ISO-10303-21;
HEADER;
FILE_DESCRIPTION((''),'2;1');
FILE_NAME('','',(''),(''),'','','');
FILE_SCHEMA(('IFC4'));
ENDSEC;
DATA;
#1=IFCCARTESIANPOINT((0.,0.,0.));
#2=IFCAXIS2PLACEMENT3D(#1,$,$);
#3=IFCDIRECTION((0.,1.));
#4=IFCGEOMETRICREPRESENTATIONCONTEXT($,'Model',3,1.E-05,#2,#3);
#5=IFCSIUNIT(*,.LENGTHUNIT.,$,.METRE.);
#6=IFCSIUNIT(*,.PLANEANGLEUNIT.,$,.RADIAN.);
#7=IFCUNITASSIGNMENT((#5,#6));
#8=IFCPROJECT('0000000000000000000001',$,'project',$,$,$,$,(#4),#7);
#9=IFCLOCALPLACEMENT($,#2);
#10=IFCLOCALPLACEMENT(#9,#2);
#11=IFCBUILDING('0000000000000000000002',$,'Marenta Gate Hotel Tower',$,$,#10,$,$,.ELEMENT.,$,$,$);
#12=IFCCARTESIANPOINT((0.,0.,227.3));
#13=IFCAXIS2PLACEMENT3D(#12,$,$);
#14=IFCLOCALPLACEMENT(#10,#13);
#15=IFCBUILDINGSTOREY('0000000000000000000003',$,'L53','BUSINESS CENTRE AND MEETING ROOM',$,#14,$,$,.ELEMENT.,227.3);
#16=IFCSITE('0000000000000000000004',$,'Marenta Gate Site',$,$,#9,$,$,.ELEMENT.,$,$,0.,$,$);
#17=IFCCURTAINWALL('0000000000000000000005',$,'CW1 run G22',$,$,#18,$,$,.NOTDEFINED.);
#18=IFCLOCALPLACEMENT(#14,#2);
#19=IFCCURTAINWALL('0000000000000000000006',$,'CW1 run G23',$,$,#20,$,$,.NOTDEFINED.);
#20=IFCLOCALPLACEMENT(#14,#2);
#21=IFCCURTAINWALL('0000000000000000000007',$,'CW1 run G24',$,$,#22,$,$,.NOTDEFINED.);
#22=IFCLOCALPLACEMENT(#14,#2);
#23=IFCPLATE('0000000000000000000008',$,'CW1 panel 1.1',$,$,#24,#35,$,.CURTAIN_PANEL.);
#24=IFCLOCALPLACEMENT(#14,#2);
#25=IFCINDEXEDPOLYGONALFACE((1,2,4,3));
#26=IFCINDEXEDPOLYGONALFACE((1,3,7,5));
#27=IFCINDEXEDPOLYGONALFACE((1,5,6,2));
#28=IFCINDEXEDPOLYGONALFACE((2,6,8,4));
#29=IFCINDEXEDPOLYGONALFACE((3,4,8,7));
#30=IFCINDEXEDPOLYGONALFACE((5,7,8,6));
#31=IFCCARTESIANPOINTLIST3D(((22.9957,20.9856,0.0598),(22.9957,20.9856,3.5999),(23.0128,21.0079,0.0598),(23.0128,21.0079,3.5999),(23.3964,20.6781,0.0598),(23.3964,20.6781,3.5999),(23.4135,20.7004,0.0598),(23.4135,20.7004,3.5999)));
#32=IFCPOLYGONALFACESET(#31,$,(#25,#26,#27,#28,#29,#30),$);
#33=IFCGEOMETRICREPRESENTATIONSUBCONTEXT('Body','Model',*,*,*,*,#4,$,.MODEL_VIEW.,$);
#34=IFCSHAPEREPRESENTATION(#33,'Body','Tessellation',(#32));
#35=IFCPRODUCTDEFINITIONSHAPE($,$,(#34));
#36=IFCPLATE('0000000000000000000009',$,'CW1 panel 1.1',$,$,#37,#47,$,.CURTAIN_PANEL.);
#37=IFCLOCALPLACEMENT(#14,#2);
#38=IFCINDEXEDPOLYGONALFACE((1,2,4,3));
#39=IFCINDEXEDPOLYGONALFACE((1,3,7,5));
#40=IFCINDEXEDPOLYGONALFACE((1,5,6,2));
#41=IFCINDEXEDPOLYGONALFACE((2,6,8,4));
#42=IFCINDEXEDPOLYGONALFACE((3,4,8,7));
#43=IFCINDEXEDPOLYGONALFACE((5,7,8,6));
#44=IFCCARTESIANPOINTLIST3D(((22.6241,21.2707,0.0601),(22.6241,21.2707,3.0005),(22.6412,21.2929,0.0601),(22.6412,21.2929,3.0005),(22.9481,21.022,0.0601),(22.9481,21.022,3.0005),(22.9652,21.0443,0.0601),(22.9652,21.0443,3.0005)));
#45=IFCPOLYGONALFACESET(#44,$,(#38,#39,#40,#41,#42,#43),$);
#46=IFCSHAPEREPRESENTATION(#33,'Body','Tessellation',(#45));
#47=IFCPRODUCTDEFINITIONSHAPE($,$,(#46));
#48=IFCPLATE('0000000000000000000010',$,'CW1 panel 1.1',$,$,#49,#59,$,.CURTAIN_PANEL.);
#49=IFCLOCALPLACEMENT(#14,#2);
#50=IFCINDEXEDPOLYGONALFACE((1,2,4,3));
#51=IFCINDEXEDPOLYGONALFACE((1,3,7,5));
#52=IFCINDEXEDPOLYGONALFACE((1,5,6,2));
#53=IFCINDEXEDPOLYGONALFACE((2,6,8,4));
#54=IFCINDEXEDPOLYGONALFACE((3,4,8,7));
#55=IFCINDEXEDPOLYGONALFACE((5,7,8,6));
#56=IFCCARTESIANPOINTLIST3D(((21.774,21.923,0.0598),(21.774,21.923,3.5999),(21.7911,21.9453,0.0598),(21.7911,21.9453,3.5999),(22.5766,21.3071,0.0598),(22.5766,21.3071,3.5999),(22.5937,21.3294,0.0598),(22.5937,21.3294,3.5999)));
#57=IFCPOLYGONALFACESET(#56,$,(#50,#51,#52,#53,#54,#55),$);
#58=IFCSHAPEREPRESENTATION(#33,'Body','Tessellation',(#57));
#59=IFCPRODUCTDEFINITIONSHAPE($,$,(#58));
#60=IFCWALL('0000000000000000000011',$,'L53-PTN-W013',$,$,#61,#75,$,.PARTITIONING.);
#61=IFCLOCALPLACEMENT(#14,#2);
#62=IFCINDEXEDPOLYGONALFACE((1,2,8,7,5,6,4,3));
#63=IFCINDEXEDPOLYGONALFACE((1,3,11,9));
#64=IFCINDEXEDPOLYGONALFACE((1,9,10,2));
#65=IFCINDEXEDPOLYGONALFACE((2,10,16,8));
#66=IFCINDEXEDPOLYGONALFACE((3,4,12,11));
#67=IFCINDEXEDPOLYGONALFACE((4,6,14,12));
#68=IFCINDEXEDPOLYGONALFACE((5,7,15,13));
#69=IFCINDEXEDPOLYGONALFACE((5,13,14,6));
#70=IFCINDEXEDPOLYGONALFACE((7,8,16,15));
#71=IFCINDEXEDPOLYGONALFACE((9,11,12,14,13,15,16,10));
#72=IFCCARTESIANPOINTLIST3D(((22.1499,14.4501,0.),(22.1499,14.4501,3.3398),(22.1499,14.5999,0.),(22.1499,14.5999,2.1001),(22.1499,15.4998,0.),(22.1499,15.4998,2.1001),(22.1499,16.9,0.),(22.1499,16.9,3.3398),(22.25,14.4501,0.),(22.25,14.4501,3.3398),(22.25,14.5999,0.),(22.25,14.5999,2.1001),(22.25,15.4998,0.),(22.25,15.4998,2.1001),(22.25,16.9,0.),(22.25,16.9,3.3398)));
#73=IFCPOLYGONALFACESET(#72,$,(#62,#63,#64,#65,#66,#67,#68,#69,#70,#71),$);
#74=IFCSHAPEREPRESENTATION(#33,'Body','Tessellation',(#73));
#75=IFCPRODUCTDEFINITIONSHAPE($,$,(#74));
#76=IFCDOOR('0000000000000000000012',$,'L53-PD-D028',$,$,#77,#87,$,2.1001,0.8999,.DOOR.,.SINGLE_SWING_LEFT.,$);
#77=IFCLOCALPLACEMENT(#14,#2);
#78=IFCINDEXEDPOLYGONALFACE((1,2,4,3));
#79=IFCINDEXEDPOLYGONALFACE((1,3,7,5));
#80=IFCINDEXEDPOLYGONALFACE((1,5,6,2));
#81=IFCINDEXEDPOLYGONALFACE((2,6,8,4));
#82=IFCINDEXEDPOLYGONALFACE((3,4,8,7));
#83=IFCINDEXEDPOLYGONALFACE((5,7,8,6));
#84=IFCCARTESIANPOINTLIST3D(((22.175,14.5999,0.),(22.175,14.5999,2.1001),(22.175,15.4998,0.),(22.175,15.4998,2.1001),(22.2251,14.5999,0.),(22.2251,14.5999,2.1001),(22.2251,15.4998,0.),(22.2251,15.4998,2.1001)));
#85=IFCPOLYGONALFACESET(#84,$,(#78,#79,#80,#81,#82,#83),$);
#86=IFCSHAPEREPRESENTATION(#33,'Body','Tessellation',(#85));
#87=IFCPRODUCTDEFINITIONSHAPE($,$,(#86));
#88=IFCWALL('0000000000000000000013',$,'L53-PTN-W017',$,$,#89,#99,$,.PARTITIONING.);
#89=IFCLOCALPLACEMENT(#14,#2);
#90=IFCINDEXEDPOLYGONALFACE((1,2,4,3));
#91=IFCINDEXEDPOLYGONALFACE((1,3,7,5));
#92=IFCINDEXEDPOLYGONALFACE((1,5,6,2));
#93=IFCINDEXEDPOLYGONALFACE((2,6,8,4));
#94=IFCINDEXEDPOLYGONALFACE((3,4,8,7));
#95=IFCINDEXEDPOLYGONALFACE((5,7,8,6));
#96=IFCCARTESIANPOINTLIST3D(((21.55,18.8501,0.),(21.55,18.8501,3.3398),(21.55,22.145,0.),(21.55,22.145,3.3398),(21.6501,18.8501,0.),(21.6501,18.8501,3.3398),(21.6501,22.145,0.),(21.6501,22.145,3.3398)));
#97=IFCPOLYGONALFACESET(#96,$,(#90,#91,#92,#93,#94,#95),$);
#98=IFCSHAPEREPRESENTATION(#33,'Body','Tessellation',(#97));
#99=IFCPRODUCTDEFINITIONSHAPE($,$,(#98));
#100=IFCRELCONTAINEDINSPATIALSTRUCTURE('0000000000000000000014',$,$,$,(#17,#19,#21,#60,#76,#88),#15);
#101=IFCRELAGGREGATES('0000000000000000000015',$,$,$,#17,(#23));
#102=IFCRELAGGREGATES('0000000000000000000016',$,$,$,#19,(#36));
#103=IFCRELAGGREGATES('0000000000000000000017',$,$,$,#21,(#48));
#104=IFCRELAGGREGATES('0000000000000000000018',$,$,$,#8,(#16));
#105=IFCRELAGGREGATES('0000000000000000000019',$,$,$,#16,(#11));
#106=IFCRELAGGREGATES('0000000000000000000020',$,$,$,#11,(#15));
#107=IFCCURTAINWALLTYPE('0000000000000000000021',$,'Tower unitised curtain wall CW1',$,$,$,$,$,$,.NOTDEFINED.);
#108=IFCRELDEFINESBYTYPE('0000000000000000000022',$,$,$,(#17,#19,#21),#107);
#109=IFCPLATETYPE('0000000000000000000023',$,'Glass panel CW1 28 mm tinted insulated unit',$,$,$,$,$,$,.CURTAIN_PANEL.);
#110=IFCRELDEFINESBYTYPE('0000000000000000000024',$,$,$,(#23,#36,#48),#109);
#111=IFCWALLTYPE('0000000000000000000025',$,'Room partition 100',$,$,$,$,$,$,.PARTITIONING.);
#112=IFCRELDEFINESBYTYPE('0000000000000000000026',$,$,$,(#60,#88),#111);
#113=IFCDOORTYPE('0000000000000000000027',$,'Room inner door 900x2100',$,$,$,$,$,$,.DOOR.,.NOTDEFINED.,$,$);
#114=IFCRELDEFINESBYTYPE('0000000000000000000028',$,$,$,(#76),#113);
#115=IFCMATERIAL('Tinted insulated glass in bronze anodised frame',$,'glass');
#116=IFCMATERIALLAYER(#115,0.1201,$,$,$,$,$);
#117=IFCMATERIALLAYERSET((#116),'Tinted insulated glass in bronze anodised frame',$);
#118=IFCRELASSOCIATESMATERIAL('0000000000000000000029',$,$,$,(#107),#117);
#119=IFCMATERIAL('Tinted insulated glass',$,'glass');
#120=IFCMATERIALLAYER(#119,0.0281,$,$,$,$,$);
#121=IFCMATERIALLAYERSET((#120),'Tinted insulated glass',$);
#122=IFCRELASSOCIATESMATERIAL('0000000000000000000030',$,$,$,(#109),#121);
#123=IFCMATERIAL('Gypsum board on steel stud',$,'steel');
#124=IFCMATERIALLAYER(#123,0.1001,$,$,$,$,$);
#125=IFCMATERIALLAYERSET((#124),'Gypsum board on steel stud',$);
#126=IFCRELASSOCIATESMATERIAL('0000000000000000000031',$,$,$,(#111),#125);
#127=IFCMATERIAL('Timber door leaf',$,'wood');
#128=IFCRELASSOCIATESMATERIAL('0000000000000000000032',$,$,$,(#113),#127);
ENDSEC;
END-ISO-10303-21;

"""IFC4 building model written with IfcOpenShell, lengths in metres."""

from ifc_helpers import new_model, si_unit, direction, frame, frame_2d, origin, origin_2d, place, context, subcontext, project, spatial, rectangle, extrude, material, layer, layer_set, type_object, element, fill, aggregate, save


model = new_model("IFC4")

# Units and contexts
model_context = context("Model", 3, precision=1e-05, world=origin(), true_north=direction((0.0, 1.0)))
body_context = subcontext(model_context, "Body", "Model", "MODEL_VIEW")
ifc_project = project(units=[si_unit("LENGTHUNIT", "METRE"), si_unit("PLANEANGLEUNIT", "RADIAN")], contexts=[model_context])

# Site, building, storey
site_placement = place(None, origin())
site = spatial("IfcSite", under=ifc_project, at=site_placement, Name="Marenta Gate Site", CompositionType="ELEMENT", RefElevation=0.0)
building_placement = place(site_placement, origin())
building = spatial("IfcBuilding", under=site, at=building_placement, Name="Marenta Gate Hotel Tower", CompositionType="ELEMENT")
storey_placement = place(building_placement, frame((0.0, 0.0, 227.3)))
storey = spatial("IfcBuildingStorey", under=building, at=storey_placement, Name="L53", Description="BUSINESS CENTRE AND MEETING ROOM", CompositionType="ELEMENT", Elevation=227.3)

# Curtain walls
ifc_material_1 = material(Name="Tinted insulated glass in bronze anodised frame", Category="glass")
ifc_layer_1 = layer(ifc_material_1, 0.1201)
ifc_layer_set_1 = layer_set([ifc_layer_1], Name="Tinted insulated glass in bronze anodised frame")
curtain_wall_type = type_object("IfcCurtainWallType", Name="Tower unitised curtain wall CW1", PredefinedType="NOTDEFINED", material=ifc_layer_set_1)
curtain_wall_1_placement = place(storey_placement, origin())
curtain_wall_1 = element("IfcCurtainWall", 1, at=curtain_wall_1_placement, inside=storey, type_object=curtain_wall_type, Name="CW1 run G22", PredefinedType="NOTDEFINED")
curtain_wall_2_placement = place(storey_placement, origin())
curtain_wall_2 = element("IfcCurtainWall", 2, at=curtain_wall_2_placement, inside=storey, type_object=curtain_wall_type, Name="CW1 run G23", PredefinedType="NOTDEFINED")
curtain_wall_3_placement = place(storey_placement, origin())
curtain_wall_3 = element("IfcCurtainWall", 3, at=curtain_wall_3_placement, inside=storey, type_object=curtain_wall_type, Name="CW1 run G24", PredefinedType="NOTDEFINED")

# Plates
ifc_material_2 = material(Name="Tinted insulated glass", Category="glass")
ifc_layer_2 = layer(ifc_material_2, 0.0281)
ifc_layer_set_2 = layer_set([ifc_layer_2], Name="Tinted insulated glass")
plate_type = type_object("IfcPlateType", Name="Glass panel CW1 28 mm tinted insulated unit", PredefinedType="CURTAIN_PANEL", material=ifc_layer_set_2)
plate_1_placement = place(storey_placement, frame((23.2046, 20.843, 0.0598), z_axis=(0.0, 0.0, 1.0), x_axis=(-0.793347, 0.60877, 0.0)))
plate_1 = element("IfcPlate", 4, at=plate_1_placement, type_object=plate_type, Name="CW1 panel 1.1", PredefinedType="CURTAIN_PANEL", context=body_context, shape_type="SweptSolid", body=[
    extrude(rectangle(XDim=0.5051, YDim=0.0281, at=origin_2d()), origin(), (0.0, 0.0, 1.0), 3.54),
])
aggregate(curtain_wall_1, [plate_1])
plate_2_placement = place(storey_placement, frame((22.7947, 21.1575, 0.0601), z_axis=(0.0, 0.0, 1.0), x_axis=(-0.79329, 0.608844, 0.0)))
plate_2 = element("IfcPlate", 5, at=plate_2_placement, type_object=plate_type, Name="CW1 panel 1.1", PredefinedType="CURTAIN_PANEL", context=body_context, shape_type="SweptSolid", body=[
    extrude(rectangle(XDim=0.4084, YDim=0.0281, at=origin_2d()), origin(), (0.0, 0.0, 1.0), 2.9404),
])
aggregate(curtain_wall_2, [plate_2])
plate_3_placement = place(storey_placement, frame((22.1838, 21.6262, 0.0598), z_axis=(0.0, 0.0, 1.0), x_axis=(-0.793345, 0.608772, 0.0)))
plate_3 = element("IfcPlate", 6, at=plate_3_placement, type_object=plate_type, Name="CW1 panel 1.1", PredefinedType="CURTAIN_PANEL", context=body_context, shape_type="SweptSolid", body=[
    extrude(rectangle(XDim=1.0117, YDim=0.0281, at=origin_2d()), origin(), (0.0, 0.0, 1.0), 3.54),
])
aggregate(curtain_wall_3, [plate_3])

# Wall, opening, door
ifc_material_3 = material(Name="Gypsum board on steel stud", Category="steel")
ifc_layer_3 = layer(ifc_material_3, 0.1001)
ifc_layer_set_3 = layer_set([ifc_layer_3], Name="Gypsum board on steel stud")
wall_type = type_object("IfcWallType", Name="Room partition 100", PredefinedType="PARTITIONING", material=ifc_layer_set_3)
wall_1_placement = place(storey_placement, frame((22.2, 14.45, 0.0), z_axis=(0.0, 0.0, 1.0), x_axis=(0.0, 1.0, 0.0)))
wall_1 = element("IfcWall", 7, at=wall_1_placement, inside=storey, type_object=wall_type, Name="L53-PTN-W013", PredefinedType="PARTITIONING", context=body_context, shape_type="SweptSolid", body=[
    extrude(rectangle(XDim=2.45, YDim=0.1001, at=frame_2d((1.2251, 0.0))), origin(), (0.0, 0.0, 1.0), 3.3398),
])
opening_placement = place(wall_1_placement, frame((0.1499, 0.0, 0.0)))
opening = element("IfcOpeningElement", 8, at=opening_placement, cuts=wall_1, PredefinedType="OPENING", context=body_context, shape_type="SweptSolid", body=[
    extrude(rectangle(XDim=0.8999, YDim=2.1001, at=frame_2d((0.45, 1.05))), frame((0.0, 0.05, 0.0), z_axis=(0.0, -1.0, 0.0), x_axis=(1.0, 0.0, 0.0)), (0.0, 0.0, 1.0), 0.1001),
])
ifc_material_4 = material(Name="Timber door leaf", Category="wood")
door_type = type_object("IfcDoorType", Name="Room inner door 900x2100", OperationType="NOTDEFINED", PredefinedType="DOOR", material=ifc_material_4)
door_placement = place(opening_placement, origin())
door = element("IfcDoor", 9, at=door_placement, inside=storey, type_object=door_type, Name="L53-PD-D028", OperationType="SINGLE_SWING_LEFT", OverallHeight=2.1001, OverallWidth=0.8999, PredefinedType="DOOR", context=body_context, shape_type="SweptSolid", body=[
    extrude(rectangle(XDim=0.8999, YDim=2.1001, at=frame_2d((0.45, 1.05))), frame((0.0, 0.0249, 0.0), z_axis=(0.0, -1.0, 0.0), x_axis=(1.0, 0.0, 0.0)), (0.0, 0.0, 1.0), 0.05),
])
fill(opening, door)

# Wall
wall_2_placement = place(storey_placement, frame((21.6001, 18.8501, 0.0), z_axis=(0.0, 0.0, 1.0), x_axis=(0.0, 1.0, 0.0)))
element("IfcWall", 10, at=wall_2_placement, inside=storey, type_object=wall_type, Name="L53-PTN-W017", PredefinedType="PARTITIONING", context=body_context, shape_type="SweptSolid", body=[
    extrude(rectangle(XDim=3.2949, YDim=0.1001, at=frame_2d((1.6475, 0.0))), origin(), (0.0, 0.0, 1.0), 3.3398),
])

save(model, "model.ifc")
